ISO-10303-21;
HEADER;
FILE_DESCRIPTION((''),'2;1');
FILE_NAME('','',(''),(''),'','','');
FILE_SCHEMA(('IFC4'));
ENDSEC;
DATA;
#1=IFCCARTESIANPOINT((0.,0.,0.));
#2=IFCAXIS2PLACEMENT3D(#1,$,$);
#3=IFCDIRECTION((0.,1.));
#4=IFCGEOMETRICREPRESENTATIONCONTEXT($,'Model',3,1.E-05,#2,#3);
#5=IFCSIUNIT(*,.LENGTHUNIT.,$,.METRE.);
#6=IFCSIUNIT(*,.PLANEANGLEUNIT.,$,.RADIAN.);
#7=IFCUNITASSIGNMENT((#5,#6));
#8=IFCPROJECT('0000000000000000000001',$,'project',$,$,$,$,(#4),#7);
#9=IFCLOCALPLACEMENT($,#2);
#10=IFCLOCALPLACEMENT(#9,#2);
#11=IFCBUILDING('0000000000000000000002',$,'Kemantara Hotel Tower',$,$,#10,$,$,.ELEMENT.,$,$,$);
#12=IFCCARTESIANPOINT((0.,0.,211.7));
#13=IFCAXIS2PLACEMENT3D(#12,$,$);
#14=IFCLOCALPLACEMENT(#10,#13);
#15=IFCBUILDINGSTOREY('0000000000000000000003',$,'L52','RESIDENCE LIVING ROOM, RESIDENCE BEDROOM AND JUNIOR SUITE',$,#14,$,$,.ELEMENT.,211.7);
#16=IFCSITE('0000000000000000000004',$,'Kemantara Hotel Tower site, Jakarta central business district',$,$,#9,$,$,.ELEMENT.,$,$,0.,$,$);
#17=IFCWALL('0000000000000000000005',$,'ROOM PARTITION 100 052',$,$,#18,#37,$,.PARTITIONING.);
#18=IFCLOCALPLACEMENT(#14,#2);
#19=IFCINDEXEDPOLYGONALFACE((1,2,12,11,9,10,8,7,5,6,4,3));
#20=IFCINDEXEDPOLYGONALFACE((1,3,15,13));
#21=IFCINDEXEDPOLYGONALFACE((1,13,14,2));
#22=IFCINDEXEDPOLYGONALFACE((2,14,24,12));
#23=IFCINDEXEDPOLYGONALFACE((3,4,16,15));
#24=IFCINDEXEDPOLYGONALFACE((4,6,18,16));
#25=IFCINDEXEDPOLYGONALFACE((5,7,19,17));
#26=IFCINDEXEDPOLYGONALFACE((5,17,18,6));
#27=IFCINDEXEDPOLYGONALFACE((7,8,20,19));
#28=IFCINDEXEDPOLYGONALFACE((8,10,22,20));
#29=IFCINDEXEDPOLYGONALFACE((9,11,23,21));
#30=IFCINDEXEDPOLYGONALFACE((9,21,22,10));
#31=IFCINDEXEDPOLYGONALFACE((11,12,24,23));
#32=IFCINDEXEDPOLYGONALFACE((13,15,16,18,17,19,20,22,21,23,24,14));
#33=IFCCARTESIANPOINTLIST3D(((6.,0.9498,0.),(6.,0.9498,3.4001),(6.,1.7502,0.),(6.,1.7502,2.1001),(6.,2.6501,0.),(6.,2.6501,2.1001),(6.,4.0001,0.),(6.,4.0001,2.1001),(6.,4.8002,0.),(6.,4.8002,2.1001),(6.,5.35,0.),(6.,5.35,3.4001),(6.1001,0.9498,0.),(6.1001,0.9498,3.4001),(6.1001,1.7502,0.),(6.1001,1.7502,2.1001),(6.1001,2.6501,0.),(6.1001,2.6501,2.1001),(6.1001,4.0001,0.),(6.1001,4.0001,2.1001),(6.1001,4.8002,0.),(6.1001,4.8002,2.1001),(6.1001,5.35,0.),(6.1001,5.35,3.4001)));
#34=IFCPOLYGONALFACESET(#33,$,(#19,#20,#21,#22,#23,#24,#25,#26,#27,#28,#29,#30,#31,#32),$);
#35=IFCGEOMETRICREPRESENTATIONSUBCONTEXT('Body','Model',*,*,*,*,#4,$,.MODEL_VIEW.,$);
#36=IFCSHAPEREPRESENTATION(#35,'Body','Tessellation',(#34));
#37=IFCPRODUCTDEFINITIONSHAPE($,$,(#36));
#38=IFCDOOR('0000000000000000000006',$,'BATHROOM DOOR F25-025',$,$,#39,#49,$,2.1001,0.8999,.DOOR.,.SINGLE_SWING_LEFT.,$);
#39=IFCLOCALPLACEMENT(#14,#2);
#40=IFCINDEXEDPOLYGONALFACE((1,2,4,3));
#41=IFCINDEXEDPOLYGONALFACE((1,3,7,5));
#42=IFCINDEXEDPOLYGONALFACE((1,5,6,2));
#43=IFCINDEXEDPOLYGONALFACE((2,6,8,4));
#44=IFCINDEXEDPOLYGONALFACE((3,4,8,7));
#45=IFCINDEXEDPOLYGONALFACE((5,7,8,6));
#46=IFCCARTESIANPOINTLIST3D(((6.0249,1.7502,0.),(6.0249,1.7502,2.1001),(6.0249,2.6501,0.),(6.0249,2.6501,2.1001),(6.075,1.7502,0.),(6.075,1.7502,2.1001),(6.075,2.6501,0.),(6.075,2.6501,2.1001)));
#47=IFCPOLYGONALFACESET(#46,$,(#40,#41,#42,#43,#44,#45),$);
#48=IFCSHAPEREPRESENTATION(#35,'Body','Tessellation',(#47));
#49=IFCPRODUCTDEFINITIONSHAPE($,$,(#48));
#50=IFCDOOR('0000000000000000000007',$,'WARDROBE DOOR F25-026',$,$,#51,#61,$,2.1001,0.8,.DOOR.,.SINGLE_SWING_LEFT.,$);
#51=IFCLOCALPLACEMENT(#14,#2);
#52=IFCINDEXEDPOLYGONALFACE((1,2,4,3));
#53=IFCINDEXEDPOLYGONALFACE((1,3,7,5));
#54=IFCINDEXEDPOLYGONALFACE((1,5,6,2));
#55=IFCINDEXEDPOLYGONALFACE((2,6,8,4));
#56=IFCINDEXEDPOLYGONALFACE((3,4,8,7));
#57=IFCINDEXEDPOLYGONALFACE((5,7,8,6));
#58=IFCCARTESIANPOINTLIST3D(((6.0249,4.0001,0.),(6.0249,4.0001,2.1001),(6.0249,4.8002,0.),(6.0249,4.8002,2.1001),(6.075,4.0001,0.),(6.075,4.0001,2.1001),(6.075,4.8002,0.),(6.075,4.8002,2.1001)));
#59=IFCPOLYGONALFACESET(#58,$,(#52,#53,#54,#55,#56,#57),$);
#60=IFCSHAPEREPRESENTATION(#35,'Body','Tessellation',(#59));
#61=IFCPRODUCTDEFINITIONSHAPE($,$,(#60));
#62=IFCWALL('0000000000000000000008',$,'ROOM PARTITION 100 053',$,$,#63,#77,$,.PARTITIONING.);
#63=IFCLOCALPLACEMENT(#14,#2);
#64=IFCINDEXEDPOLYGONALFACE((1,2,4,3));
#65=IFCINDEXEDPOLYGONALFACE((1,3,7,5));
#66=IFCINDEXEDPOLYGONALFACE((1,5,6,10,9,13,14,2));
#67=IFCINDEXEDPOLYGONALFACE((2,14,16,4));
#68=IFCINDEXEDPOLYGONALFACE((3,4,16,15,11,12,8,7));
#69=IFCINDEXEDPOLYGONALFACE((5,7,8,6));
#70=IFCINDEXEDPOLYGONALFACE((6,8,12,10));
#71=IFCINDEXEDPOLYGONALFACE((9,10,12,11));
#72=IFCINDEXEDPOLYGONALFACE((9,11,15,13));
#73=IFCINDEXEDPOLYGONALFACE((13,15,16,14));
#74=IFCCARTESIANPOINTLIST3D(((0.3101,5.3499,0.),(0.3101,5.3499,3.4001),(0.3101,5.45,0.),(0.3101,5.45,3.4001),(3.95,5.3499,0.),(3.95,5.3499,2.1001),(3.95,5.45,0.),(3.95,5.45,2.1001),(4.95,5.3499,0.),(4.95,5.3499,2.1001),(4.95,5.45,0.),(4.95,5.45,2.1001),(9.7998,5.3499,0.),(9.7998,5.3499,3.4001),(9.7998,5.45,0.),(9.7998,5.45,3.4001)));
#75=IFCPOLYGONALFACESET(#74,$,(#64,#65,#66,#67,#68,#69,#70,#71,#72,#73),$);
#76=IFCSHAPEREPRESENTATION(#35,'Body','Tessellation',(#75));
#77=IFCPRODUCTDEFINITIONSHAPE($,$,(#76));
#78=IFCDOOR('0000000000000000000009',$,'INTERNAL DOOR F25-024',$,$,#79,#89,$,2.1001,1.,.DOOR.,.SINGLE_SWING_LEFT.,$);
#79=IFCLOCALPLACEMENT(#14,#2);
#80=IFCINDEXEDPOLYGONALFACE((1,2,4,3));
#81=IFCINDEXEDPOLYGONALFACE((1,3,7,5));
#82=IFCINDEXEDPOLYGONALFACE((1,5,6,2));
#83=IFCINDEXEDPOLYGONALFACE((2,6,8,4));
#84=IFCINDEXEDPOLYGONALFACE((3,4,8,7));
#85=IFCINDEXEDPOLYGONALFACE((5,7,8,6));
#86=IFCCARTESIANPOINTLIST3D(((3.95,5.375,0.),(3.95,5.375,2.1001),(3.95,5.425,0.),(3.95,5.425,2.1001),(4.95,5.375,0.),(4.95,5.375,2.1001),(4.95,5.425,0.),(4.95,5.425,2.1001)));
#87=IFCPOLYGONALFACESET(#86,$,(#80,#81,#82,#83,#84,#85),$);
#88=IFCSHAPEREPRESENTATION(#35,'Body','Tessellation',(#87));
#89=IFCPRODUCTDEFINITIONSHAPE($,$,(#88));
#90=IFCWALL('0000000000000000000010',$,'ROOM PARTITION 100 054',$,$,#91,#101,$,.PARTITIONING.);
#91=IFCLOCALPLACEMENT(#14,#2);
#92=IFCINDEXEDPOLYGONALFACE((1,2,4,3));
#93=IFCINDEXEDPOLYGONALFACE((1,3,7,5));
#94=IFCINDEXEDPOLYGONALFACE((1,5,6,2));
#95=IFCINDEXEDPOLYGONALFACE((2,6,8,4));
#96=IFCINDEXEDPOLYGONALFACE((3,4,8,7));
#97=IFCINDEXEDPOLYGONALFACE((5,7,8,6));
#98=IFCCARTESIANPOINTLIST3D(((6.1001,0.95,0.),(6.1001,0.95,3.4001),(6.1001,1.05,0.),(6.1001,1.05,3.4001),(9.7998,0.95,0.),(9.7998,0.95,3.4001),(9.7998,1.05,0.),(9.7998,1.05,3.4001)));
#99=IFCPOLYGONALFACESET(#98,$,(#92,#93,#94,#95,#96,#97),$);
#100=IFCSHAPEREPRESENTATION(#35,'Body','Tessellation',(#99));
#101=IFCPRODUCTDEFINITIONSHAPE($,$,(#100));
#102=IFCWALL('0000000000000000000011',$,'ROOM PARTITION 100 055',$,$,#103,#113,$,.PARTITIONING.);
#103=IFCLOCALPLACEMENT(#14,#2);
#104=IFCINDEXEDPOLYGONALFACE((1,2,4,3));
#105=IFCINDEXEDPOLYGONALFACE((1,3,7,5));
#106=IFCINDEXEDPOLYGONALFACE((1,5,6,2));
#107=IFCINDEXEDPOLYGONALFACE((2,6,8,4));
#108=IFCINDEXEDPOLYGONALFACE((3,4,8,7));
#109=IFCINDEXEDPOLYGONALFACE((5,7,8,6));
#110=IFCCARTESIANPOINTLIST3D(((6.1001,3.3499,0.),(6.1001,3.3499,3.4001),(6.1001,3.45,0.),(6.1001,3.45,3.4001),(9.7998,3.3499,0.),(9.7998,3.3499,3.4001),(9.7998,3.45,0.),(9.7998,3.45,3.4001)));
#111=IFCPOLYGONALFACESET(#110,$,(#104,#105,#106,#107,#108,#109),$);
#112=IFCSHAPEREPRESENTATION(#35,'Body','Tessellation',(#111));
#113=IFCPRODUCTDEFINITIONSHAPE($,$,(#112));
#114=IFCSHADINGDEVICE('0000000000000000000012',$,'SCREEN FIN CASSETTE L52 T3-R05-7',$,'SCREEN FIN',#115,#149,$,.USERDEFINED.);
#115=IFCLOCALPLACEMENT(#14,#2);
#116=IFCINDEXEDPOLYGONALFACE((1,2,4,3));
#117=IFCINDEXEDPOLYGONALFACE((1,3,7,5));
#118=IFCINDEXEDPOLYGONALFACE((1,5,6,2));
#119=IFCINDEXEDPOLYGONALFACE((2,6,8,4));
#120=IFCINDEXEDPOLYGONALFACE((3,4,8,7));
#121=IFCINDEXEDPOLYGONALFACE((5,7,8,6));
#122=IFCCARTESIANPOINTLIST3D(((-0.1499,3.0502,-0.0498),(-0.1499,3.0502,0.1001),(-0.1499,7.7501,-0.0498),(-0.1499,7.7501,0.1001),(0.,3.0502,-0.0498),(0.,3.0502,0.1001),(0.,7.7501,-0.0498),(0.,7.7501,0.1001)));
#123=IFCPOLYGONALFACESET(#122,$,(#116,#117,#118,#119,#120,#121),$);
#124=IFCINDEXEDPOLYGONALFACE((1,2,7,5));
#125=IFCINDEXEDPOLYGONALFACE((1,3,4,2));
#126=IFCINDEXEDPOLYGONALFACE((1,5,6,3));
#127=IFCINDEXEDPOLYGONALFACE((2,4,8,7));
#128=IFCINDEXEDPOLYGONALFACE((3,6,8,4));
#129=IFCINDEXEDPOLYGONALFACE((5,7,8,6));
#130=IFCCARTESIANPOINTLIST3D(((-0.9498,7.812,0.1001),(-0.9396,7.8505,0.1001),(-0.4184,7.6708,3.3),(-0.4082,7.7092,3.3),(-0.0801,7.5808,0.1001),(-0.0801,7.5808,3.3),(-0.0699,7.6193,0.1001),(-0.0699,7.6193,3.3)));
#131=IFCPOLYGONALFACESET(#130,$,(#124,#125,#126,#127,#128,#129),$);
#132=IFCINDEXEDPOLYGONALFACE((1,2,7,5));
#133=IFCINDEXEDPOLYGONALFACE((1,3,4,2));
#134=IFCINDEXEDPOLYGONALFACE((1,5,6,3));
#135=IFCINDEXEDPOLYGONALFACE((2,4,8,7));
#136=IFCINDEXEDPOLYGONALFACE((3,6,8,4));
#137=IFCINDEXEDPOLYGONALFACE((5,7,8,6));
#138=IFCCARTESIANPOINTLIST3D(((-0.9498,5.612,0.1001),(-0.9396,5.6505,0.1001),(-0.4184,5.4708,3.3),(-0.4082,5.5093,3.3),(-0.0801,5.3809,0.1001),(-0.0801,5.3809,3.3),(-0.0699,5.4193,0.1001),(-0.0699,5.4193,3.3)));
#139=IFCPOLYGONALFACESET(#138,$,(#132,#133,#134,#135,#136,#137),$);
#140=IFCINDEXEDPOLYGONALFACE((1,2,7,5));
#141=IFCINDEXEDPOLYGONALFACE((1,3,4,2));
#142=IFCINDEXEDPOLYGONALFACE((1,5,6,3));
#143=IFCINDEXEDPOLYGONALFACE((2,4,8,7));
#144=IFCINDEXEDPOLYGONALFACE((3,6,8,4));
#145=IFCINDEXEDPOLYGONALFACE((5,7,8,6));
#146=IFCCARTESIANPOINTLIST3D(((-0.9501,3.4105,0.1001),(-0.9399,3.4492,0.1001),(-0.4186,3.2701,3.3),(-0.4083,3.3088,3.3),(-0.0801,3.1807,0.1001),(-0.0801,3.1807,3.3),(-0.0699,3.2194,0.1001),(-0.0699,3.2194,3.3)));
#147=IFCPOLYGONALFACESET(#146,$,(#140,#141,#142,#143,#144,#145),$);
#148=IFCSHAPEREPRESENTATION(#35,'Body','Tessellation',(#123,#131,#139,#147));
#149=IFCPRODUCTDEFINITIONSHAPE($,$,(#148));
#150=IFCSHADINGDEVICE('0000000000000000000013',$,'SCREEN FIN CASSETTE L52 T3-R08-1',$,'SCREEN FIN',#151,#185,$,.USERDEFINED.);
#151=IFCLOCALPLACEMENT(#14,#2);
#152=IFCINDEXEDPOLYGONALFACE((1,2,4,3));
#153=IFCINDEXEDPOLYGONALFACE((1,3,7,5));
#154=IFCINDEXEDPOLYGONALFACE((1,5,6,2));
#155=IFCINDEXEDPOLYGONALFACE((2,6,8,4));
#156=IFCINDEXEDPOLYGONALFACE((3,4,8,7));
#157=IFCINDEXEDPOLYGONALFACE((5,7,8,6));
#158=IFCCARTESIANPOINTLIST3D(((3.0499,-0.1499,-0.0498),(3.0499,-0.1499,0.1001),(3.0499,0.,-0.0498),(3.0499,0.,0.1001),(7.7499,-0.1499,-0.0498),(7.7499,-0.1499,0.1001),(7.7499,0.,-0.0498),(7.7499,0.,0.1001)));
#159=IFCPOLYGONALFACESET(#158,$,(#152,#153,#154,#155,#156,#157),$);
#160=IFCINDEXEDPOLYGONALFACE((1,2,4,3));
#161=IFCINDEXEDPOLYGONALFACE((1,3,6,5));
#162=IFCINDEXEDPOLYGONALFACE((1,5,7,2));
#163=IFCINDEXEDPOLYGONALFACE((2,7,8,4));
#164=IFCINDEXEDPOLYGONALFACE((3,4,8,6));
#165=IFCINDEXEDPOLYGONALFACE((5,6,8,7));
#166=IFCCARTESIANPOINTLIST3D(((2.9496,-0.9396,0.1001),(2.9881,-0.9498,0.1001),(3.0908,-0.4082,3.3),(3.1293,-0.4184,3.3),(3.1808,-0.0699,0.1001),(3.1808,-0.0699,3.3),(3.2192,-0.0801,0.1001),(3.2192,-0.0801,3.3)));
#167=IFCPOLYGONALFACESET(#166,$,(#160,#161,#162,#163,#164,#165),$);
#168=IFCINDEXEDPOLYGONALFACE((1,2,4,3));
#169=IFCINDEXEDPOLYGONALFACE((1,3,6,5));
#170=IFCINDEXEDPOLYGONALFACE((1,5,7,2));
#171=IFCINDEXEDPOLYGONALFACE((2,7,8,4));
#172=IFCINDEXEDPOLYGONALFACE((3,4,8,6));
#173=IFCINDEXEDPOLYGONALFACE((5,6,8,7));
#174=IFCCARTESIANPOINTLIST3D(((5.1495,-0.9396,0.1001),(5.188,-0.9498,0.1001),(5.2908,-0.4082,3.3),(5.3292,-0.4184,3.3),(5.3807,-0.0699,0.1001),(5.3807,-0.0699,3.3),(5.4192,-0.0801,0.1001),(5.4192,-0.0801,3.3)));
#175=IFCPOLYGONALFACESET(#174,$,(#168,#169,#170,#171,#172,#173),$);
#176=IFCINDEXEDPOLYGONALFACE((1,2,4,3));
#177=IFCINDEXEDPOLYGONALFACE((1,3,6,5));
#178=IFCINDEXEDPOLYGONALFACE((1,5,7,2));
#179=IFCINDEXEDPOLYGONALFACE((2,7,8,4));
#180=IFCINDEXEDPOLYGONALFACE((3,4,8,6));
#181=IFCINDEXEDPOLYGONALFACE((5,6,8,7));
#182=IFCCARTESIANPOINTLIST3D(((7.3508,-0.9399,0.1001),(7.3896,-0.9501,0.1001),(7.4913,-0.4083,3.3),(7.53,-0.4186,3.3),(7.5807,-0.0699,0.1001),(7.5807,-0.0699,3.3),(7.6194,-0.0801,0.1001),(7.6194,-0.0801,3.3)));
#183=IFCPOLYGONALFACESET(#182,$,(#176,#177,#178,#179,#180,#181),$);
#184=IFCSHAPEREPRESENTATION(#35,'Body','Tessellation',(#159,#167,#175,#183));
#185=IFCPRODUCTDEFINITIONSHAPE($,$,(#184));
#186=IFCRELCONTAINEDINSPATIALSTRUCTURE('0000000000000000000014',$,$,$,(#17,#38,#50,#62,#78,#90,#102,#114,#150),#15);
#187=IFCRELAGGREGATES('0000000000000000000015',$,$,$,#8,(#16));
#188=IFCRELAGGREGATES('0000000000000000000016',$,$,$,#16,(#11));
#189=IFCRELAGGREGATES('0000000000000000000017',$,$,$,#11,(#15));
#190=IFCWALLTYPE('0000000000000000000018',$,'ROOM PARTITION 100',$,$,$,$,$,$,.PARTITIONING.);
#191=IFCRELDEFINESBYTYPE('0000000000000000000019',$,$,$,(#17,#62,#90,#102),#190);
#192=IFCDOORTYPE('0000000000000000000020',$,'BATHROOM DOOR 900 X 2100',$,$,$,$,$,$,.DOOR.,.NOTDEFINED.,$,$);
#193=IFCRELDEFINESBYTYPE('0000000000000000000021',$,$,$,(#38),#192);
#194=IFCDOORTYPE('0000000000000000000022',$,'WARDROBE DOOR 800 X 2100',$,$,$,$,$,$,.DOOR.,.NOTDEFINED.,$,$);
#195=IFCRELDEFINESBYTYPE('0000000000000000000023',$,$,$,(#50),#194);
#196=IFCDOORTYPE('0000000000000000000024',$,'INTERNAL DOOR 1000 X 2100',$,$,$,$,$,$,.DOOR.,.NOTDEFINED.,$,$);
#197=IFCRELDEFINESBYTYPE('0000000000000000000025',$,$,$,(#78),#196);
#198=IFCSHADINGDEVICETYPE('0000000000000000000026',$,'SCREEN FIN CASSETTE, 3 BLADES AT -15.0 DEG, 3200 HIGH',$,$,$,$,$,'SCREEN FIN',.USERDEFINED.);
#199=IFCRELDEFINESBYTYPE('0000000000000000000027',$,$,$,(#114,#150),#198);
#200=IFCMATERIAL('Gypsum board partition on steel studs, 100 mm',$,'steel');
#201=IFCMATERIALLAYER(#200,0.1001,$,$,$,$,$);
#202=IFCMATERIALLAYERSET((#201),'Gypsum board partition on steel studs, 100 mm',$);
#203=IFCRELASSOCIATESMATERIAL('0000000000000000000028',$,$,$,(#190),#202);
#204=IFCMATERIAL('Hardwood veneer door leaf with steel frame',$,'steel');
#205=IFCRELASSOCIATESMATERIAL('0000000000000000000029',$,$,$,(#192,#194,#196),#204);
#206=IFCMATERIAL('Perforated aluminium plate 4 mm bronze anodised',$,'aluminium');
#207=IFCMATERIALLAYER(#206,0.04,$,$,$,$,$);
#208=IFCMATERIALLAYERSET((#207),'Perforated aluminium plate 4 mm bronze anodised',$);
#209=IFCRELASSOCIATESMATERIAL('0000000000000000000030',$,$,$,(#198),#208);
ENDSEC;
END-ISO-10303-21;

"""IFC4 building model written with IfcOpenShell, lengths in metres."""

from ifc_helpers import new_model, si_unit, direction, frame, frame_2d, origin, origin_2d, place, context, subcontext, project, spatial, polyline, rectangle, outline, extrude, source, transform, mapped, material, layer, layer_set, type_object, element, fill, save


model = new_model("IFC4")

# Units and contexts
model_context = context("Model", 3, precision=1e-05, world=origin(), true_north=direction((0.0, 1.0)))
body_context = subcontext(model_context, "Body", "Model", "MODEL_VIEW")
ifc_project = project(units=[si_unit("LENGTHUNIT", "METRE"), si_unit("PLANEANGLEUNIT", "RADIAN")], contexts=[model_context])

# Site, building, storey
site_placement = place(None, origin())
site = spatial("IfcSite", under=ifc_project, at=site_placement, Name="Kemantara Hotel Tower site, Jakarta central business district", CompositionType="ELEMENT", RefElevation=0.0)
building_placement = place(site_placement, origin())
building = spatial("IfcBuilding", under=site, at=building_placement, Name="Kemantara Hotel Tower", CompositionType="ELEMENT")
storey_placement = place(building_placement, frame((0.0, 0.0, 211.7)))
storey = spatial("IfcBuildingStorey", under=building, at=storey_placement, Name="L52", Description="RESIDENCE LIVING ROOM, RESIDENCE BEDROOM AND JUNIOR SUITE", CompositionType="ELEMENT", Elevation=211.7)

# Wall, openings, doors
ifc_material_1 = material(Name="Hardwood veneer door leaf with steel frame", Category="steel")
ifc_material_2 = material(Name="Gypsum board partition on steel studs, 100 mm", Category="steel")
ifc_layer_1 = layer(ifc_material_2, 0.1001)
ifc_layer_set_1 = layer_set([ifc_layer_1], Name="Gypsum board partition on steel studs, 100 mm")
wall_type_1 = type_object("IfcWallType", Name="ROOM PARTITION 100", PredefinedType="PARTITIONING", material=ifc_layer_set_1)
wall_1_placement = place(storey_placement, frame((6.05, 5.3501, 0.0), z_axis=(0.0, 0.0, 1.0), x_axis=(0.0, -1.0, 0.0)))
wall_1 = element("IfcWall", 1, at=wall_1_placement, inside=storey, type_object=wall_type_1, Name="ROOM PARTITION 100 052", PredefinedType="PARTITIONING", context=body_context, shape_type="SweptSolid", body=[
    extrude(rectangle(XDim=4.4001, YDim=0.1001, at=frame_2d((2.2002, 0.0))), origin(), (0.0, 0.0, 1.0), 3.4001),
])
opening_1_placement = place(wall_1_placement, frame((2.7, 0.0, 0.0)))
opening_1 = element("IfcOpeningElement", 2, at=opening_1_placement, cuts=wall_1, PredefinedType="OPENING", context=body_context, shape_type="SweptSolid", body=[
    extrude(rectangle(XDim=0.8999, YDim=2.1001, at=frame_2d((0.45, 1.05))), frame((0.0, 0.0601, 0.0), z_axis=(0.0, -1.0, 0.0), x_axis=(1.0, 0.0, 0.0)), (0.0, 0.0, 1.0), 0.1201),
])
opening_2_placement = place(wall_1_placement, frame((0.55, 0.0, 0.0)))
opening_2 = element("IfcOpeningElement", 3, at=opening_2_placement, cuts=wall_1, PredefinedType="OPENING", context=body_context, shape_type="SweptSolid", body=[
    extrude(rectangle(XDim=0.8, YDim=2.1001, at=frame_2d((0.3999, 1.05))), frame((0.0, 0.0601, 0.0), z_axis=(0.0, -1.0, 0.0), x_axis=(1.0, 0.0, 0.0)), (0.0, 0.0, 1.0), 0.1201),
])
door_type_1 = type_object("IfcDoorType", Name="BATHROOM DOOR 900 X 2100", OperationType="NOTDEFINED", PredefinedType="DOOR", material=ifc_material_1)
door_1_placement = place(opening_1_placement, origin())
door_1 = element("IfcDoor", 4, at=door_1_placement, inside=storey, type_object=door_type_1, Name="BATHROOM DOOR F25-025", OperationType="SINGLE_SWING_LEFT", OverallHeight=2.1001, OverallWidth=0.8999, PredefinedType="DOOR", context=body_context, shape_type="SweptSolid", body=[
    extrude(rectangle(XDim=0.8999, YDim=2.1001, at=frame_2d((0.45, 1.05))), frame((0.0, 0.0249, 0.0), z_axis=(0.0, -1.0, 0.0), x_axis=(1.0, 0.0, 0.0)), (0.0, 0.0, 1.0), 0.05),
])
fill(opening_1, door_1)
door_type_2 = type_object("IfcDoorType", Name="WARDROBE DOOR 800 X 2100", OperationType="NOTDEFINED", PredefinedType="DOOR", material=ifc_material_1)
door_2_placement = place(opening_2_placement, origin())
door_2 = element("IfcDoor", 5, at=door_2_placement, inside=storey, type_object=door_type_2, Name="WARDROBE DOOR F25-026", OperationType="SINGLE_SWING_LEFT", OverallHeight=2.1001, OverallWidth=0.8, PredefinedType="DOOR", context=body_context, shape_type="SweptSolid", body=[
    extrude(rectangle(XDim=0.8, YDim=2.1001, at=frame_2d((0.3999, 1.05))), frame((0.0, 0.0249, 0.0), z_axis=(0.0, -1.0, 0.0), x_axis=(1.0, 0.0, 0.0)), (0.0, 0.0, 1.0), 0.05),
])
fill(opening_2, door_2)

# Wall, opening, door
wall_2_placement = place(storey_placement, frame((9.7998, 5.3999, 0.0), z_axis=(0.0, 0.0, 1.0), x_axis=(-1.0, 0.0, 0.0)))
wall_2 = element("IfcWall", 6, at=wall_2_placement, inside=storey, type_object=wall_type_1, Name="ROOM PARTITION 100 053", PredefinedType="PARTITIONING", context=body_context, shape_type="SweptSolid", body=[
    extrude(rectangle(XDim=9.4897, YDim=0.1001, at=frame_2d((4.7449, 0.0))), origin(), (0.0, 0.0, 1.0), 3.4001),
])
opening_3_placement = place(wall_2_placement, frame((4.8499, 0.0, 0.0)))
opening_3 = element("IfcOpeningElement", 7, at=opening_3_placement, cuts=wall_2, PredefinedType="OPENING", context=body_context, shape_type="SweptSolid", body=[
    extrude(rectangle(XDim=1.0, YDim=2.1001, at=frame_2d((0.5, 1.05))), frame((0.0, 0.0601, 0.0), z_axis=(0.0, -1.0, 0.0), x_axis=(1.0, 0.0, 0.0)), (0.0, 0.0, 1.0), 0.1201),
])
door_type_3 = type_object("IfcDoorType", Name="INTERNAL DOOR 1000 X 2100", OperationType="NOTDEFINED", PredefinedType="DOOR", material=ifc_material_1)
door_3_placement = place(opening_3_placement, origin())
door_3 = element("IfcDoor", 8, at=door_3_placement, inside=storey, type_object=door_type_3, Name="INTERNAL DOOR F25-024", OperationType="SINGLE_SWING_LEFT", OverallHeight=2.1001, OverallWidth=1.0, PredefinedType="DOOR", context=body_context, shape_type="SweptSolid", body=[
    extrude(rectangle(XDim=1.0, YDim=2.1001, at=frame_2d((0.5, 1.05))), frame((0.0, 0.0249, 0.0), z_axis=(0.0, -1.0, 0.0), x_axis=(1.0, 0.0, 0.0)), (0.0, 0.0, 1.0), 0.05),
])
fill(opening_3, door_3)

# Walls
for number, where, z_axis, x_axis, name in (
    (9, (6.1001, 1.0, 0.0), (0.0, 0.0, 1.0), (1.0, 0.0, 0.0), "ROOM PARTITION 100 054"),
    (10, (6.1001, 3.3999, 0.0), (0.0, 0.0, 1.0), (1.0, 0.0, 0.0), "ROOM PARTITION 100 055"),
):
    element("IfcWall", number, at=place(storey_placement, frame(where, z_axis=z_axis, x_axis=x_axis)), inside=storey, type_object=wall_type_1, Name=name, PredefinedType="PARTITIONING", context=body_context, shape_type="SweptSolid", body=[
        extrude(rectangle(XDim=3.6997, YDim=0.1001, at=frame_2d((1.8499, 0.0))), origin(), (0.0, 0.0, 1.0), 3.4001),
    ])

# Shading devices
ifc_material_3 = material(Name="Perforated aluminium plate 4 mm bronze anodised", Category="aluminium")
ifc_layer_2 = layer(ifc_material_3, 0.04)
ifc_layer_set_2 = layer_set([ifc_layer_2], Name="Perforated aluminium plate 4 mm bronze anodised")
shading_device_type_1 = type_object("IfcShadingDeviceType", Name="SCREEN FIN CASSETTE, 3 BLADES AT -15.0 DEG, 3200 HIGH", ElementType="SCREEN FIN", PredefinedType="USERDEFINED", material=ifc_layer_set_2)
shared_shape_1 = source(origin(), body_context, "Body", "SweptSolid", [
    extrude(rectangle(XDim=4.7, YDim=0.1499, at=origin_2d()), frame((2.2, -0.075, -0.1499), z_axis=(0.0, 0.0, 1.0), x_axis=(1.0, 0.0, 0.0)), (0.0, 0.0, 1.0), 0.1499),
    extrude(outline(polyline([(0.0, 0.0), (0.8999, 0.0), (0.3501, 3.2), (0.0, 3.2), (0.0, 0.0)])), frame((0.0193, -0.0801, 0.0), z_axis=(-0.966438, 0.256901, 0.0), x_axis=(-0.256901, -0.966438, 0.0)), (0.0, 0.0, 1.0), 0.0398),
    extrude(outline(polyline([(0.0, 0.0), (0.8999, 0.0), (0.3501, 3.2), (0.0, 3.2), (0.0, 0.0)])), frame((2.2192, -0.0801, 0.0), z_axis=(-0.966438, 0.256901, 0.0), x_axis=(-0.256901, -0.966438, 0.0)), (0.0, 0.0, 1.0), 0.0398),
    extrude(outline(polyline([(0.0, 0.0), (0.8999, 0.0), (0.3501, 3.2), (0.0, 3.2), (0.0, 0.0)])), frame((4.4194, -0.0801, 0.0), z_axis=(-0.966838, 0.255391, 0.0), x_axis=(-0.255391, -0.966838, 0.0)), (0.0, 0.0, 1.0), 0.04),
])
for number, where, z_axis, x_axis, name in (
    (11, (0.0, 7.6001, 0.1001), (0.0, 0.0, 1.0), (0.0, -1.0, 0.0), "SCREEN FIN CASSETTE L52 T3-R05-7"),
    (12, (3.2, 0.0, 0.1001), (0.0, 0.0, 1.0), (1.0, 0.0, 0.0), "SCREEN FIN CASSETTE L52 T3-R08-1"),
):
    element("IfcShadingDevice", number, at=place(storey_placement, frame(where, z_axis=z_axis, x_axis=x_axis)), inside=storey, type_object=shading_device_type_1, Name=name, ObjectType="SCREEN FIN", PredefinedType="USERDEFINED", context=body_context, shape_type="MappedRepresentation", body=[
        mapped(shared_shape_1, transform((0.0, 0.0, 0.0))),
    ])

save(model, "model.ifc")
